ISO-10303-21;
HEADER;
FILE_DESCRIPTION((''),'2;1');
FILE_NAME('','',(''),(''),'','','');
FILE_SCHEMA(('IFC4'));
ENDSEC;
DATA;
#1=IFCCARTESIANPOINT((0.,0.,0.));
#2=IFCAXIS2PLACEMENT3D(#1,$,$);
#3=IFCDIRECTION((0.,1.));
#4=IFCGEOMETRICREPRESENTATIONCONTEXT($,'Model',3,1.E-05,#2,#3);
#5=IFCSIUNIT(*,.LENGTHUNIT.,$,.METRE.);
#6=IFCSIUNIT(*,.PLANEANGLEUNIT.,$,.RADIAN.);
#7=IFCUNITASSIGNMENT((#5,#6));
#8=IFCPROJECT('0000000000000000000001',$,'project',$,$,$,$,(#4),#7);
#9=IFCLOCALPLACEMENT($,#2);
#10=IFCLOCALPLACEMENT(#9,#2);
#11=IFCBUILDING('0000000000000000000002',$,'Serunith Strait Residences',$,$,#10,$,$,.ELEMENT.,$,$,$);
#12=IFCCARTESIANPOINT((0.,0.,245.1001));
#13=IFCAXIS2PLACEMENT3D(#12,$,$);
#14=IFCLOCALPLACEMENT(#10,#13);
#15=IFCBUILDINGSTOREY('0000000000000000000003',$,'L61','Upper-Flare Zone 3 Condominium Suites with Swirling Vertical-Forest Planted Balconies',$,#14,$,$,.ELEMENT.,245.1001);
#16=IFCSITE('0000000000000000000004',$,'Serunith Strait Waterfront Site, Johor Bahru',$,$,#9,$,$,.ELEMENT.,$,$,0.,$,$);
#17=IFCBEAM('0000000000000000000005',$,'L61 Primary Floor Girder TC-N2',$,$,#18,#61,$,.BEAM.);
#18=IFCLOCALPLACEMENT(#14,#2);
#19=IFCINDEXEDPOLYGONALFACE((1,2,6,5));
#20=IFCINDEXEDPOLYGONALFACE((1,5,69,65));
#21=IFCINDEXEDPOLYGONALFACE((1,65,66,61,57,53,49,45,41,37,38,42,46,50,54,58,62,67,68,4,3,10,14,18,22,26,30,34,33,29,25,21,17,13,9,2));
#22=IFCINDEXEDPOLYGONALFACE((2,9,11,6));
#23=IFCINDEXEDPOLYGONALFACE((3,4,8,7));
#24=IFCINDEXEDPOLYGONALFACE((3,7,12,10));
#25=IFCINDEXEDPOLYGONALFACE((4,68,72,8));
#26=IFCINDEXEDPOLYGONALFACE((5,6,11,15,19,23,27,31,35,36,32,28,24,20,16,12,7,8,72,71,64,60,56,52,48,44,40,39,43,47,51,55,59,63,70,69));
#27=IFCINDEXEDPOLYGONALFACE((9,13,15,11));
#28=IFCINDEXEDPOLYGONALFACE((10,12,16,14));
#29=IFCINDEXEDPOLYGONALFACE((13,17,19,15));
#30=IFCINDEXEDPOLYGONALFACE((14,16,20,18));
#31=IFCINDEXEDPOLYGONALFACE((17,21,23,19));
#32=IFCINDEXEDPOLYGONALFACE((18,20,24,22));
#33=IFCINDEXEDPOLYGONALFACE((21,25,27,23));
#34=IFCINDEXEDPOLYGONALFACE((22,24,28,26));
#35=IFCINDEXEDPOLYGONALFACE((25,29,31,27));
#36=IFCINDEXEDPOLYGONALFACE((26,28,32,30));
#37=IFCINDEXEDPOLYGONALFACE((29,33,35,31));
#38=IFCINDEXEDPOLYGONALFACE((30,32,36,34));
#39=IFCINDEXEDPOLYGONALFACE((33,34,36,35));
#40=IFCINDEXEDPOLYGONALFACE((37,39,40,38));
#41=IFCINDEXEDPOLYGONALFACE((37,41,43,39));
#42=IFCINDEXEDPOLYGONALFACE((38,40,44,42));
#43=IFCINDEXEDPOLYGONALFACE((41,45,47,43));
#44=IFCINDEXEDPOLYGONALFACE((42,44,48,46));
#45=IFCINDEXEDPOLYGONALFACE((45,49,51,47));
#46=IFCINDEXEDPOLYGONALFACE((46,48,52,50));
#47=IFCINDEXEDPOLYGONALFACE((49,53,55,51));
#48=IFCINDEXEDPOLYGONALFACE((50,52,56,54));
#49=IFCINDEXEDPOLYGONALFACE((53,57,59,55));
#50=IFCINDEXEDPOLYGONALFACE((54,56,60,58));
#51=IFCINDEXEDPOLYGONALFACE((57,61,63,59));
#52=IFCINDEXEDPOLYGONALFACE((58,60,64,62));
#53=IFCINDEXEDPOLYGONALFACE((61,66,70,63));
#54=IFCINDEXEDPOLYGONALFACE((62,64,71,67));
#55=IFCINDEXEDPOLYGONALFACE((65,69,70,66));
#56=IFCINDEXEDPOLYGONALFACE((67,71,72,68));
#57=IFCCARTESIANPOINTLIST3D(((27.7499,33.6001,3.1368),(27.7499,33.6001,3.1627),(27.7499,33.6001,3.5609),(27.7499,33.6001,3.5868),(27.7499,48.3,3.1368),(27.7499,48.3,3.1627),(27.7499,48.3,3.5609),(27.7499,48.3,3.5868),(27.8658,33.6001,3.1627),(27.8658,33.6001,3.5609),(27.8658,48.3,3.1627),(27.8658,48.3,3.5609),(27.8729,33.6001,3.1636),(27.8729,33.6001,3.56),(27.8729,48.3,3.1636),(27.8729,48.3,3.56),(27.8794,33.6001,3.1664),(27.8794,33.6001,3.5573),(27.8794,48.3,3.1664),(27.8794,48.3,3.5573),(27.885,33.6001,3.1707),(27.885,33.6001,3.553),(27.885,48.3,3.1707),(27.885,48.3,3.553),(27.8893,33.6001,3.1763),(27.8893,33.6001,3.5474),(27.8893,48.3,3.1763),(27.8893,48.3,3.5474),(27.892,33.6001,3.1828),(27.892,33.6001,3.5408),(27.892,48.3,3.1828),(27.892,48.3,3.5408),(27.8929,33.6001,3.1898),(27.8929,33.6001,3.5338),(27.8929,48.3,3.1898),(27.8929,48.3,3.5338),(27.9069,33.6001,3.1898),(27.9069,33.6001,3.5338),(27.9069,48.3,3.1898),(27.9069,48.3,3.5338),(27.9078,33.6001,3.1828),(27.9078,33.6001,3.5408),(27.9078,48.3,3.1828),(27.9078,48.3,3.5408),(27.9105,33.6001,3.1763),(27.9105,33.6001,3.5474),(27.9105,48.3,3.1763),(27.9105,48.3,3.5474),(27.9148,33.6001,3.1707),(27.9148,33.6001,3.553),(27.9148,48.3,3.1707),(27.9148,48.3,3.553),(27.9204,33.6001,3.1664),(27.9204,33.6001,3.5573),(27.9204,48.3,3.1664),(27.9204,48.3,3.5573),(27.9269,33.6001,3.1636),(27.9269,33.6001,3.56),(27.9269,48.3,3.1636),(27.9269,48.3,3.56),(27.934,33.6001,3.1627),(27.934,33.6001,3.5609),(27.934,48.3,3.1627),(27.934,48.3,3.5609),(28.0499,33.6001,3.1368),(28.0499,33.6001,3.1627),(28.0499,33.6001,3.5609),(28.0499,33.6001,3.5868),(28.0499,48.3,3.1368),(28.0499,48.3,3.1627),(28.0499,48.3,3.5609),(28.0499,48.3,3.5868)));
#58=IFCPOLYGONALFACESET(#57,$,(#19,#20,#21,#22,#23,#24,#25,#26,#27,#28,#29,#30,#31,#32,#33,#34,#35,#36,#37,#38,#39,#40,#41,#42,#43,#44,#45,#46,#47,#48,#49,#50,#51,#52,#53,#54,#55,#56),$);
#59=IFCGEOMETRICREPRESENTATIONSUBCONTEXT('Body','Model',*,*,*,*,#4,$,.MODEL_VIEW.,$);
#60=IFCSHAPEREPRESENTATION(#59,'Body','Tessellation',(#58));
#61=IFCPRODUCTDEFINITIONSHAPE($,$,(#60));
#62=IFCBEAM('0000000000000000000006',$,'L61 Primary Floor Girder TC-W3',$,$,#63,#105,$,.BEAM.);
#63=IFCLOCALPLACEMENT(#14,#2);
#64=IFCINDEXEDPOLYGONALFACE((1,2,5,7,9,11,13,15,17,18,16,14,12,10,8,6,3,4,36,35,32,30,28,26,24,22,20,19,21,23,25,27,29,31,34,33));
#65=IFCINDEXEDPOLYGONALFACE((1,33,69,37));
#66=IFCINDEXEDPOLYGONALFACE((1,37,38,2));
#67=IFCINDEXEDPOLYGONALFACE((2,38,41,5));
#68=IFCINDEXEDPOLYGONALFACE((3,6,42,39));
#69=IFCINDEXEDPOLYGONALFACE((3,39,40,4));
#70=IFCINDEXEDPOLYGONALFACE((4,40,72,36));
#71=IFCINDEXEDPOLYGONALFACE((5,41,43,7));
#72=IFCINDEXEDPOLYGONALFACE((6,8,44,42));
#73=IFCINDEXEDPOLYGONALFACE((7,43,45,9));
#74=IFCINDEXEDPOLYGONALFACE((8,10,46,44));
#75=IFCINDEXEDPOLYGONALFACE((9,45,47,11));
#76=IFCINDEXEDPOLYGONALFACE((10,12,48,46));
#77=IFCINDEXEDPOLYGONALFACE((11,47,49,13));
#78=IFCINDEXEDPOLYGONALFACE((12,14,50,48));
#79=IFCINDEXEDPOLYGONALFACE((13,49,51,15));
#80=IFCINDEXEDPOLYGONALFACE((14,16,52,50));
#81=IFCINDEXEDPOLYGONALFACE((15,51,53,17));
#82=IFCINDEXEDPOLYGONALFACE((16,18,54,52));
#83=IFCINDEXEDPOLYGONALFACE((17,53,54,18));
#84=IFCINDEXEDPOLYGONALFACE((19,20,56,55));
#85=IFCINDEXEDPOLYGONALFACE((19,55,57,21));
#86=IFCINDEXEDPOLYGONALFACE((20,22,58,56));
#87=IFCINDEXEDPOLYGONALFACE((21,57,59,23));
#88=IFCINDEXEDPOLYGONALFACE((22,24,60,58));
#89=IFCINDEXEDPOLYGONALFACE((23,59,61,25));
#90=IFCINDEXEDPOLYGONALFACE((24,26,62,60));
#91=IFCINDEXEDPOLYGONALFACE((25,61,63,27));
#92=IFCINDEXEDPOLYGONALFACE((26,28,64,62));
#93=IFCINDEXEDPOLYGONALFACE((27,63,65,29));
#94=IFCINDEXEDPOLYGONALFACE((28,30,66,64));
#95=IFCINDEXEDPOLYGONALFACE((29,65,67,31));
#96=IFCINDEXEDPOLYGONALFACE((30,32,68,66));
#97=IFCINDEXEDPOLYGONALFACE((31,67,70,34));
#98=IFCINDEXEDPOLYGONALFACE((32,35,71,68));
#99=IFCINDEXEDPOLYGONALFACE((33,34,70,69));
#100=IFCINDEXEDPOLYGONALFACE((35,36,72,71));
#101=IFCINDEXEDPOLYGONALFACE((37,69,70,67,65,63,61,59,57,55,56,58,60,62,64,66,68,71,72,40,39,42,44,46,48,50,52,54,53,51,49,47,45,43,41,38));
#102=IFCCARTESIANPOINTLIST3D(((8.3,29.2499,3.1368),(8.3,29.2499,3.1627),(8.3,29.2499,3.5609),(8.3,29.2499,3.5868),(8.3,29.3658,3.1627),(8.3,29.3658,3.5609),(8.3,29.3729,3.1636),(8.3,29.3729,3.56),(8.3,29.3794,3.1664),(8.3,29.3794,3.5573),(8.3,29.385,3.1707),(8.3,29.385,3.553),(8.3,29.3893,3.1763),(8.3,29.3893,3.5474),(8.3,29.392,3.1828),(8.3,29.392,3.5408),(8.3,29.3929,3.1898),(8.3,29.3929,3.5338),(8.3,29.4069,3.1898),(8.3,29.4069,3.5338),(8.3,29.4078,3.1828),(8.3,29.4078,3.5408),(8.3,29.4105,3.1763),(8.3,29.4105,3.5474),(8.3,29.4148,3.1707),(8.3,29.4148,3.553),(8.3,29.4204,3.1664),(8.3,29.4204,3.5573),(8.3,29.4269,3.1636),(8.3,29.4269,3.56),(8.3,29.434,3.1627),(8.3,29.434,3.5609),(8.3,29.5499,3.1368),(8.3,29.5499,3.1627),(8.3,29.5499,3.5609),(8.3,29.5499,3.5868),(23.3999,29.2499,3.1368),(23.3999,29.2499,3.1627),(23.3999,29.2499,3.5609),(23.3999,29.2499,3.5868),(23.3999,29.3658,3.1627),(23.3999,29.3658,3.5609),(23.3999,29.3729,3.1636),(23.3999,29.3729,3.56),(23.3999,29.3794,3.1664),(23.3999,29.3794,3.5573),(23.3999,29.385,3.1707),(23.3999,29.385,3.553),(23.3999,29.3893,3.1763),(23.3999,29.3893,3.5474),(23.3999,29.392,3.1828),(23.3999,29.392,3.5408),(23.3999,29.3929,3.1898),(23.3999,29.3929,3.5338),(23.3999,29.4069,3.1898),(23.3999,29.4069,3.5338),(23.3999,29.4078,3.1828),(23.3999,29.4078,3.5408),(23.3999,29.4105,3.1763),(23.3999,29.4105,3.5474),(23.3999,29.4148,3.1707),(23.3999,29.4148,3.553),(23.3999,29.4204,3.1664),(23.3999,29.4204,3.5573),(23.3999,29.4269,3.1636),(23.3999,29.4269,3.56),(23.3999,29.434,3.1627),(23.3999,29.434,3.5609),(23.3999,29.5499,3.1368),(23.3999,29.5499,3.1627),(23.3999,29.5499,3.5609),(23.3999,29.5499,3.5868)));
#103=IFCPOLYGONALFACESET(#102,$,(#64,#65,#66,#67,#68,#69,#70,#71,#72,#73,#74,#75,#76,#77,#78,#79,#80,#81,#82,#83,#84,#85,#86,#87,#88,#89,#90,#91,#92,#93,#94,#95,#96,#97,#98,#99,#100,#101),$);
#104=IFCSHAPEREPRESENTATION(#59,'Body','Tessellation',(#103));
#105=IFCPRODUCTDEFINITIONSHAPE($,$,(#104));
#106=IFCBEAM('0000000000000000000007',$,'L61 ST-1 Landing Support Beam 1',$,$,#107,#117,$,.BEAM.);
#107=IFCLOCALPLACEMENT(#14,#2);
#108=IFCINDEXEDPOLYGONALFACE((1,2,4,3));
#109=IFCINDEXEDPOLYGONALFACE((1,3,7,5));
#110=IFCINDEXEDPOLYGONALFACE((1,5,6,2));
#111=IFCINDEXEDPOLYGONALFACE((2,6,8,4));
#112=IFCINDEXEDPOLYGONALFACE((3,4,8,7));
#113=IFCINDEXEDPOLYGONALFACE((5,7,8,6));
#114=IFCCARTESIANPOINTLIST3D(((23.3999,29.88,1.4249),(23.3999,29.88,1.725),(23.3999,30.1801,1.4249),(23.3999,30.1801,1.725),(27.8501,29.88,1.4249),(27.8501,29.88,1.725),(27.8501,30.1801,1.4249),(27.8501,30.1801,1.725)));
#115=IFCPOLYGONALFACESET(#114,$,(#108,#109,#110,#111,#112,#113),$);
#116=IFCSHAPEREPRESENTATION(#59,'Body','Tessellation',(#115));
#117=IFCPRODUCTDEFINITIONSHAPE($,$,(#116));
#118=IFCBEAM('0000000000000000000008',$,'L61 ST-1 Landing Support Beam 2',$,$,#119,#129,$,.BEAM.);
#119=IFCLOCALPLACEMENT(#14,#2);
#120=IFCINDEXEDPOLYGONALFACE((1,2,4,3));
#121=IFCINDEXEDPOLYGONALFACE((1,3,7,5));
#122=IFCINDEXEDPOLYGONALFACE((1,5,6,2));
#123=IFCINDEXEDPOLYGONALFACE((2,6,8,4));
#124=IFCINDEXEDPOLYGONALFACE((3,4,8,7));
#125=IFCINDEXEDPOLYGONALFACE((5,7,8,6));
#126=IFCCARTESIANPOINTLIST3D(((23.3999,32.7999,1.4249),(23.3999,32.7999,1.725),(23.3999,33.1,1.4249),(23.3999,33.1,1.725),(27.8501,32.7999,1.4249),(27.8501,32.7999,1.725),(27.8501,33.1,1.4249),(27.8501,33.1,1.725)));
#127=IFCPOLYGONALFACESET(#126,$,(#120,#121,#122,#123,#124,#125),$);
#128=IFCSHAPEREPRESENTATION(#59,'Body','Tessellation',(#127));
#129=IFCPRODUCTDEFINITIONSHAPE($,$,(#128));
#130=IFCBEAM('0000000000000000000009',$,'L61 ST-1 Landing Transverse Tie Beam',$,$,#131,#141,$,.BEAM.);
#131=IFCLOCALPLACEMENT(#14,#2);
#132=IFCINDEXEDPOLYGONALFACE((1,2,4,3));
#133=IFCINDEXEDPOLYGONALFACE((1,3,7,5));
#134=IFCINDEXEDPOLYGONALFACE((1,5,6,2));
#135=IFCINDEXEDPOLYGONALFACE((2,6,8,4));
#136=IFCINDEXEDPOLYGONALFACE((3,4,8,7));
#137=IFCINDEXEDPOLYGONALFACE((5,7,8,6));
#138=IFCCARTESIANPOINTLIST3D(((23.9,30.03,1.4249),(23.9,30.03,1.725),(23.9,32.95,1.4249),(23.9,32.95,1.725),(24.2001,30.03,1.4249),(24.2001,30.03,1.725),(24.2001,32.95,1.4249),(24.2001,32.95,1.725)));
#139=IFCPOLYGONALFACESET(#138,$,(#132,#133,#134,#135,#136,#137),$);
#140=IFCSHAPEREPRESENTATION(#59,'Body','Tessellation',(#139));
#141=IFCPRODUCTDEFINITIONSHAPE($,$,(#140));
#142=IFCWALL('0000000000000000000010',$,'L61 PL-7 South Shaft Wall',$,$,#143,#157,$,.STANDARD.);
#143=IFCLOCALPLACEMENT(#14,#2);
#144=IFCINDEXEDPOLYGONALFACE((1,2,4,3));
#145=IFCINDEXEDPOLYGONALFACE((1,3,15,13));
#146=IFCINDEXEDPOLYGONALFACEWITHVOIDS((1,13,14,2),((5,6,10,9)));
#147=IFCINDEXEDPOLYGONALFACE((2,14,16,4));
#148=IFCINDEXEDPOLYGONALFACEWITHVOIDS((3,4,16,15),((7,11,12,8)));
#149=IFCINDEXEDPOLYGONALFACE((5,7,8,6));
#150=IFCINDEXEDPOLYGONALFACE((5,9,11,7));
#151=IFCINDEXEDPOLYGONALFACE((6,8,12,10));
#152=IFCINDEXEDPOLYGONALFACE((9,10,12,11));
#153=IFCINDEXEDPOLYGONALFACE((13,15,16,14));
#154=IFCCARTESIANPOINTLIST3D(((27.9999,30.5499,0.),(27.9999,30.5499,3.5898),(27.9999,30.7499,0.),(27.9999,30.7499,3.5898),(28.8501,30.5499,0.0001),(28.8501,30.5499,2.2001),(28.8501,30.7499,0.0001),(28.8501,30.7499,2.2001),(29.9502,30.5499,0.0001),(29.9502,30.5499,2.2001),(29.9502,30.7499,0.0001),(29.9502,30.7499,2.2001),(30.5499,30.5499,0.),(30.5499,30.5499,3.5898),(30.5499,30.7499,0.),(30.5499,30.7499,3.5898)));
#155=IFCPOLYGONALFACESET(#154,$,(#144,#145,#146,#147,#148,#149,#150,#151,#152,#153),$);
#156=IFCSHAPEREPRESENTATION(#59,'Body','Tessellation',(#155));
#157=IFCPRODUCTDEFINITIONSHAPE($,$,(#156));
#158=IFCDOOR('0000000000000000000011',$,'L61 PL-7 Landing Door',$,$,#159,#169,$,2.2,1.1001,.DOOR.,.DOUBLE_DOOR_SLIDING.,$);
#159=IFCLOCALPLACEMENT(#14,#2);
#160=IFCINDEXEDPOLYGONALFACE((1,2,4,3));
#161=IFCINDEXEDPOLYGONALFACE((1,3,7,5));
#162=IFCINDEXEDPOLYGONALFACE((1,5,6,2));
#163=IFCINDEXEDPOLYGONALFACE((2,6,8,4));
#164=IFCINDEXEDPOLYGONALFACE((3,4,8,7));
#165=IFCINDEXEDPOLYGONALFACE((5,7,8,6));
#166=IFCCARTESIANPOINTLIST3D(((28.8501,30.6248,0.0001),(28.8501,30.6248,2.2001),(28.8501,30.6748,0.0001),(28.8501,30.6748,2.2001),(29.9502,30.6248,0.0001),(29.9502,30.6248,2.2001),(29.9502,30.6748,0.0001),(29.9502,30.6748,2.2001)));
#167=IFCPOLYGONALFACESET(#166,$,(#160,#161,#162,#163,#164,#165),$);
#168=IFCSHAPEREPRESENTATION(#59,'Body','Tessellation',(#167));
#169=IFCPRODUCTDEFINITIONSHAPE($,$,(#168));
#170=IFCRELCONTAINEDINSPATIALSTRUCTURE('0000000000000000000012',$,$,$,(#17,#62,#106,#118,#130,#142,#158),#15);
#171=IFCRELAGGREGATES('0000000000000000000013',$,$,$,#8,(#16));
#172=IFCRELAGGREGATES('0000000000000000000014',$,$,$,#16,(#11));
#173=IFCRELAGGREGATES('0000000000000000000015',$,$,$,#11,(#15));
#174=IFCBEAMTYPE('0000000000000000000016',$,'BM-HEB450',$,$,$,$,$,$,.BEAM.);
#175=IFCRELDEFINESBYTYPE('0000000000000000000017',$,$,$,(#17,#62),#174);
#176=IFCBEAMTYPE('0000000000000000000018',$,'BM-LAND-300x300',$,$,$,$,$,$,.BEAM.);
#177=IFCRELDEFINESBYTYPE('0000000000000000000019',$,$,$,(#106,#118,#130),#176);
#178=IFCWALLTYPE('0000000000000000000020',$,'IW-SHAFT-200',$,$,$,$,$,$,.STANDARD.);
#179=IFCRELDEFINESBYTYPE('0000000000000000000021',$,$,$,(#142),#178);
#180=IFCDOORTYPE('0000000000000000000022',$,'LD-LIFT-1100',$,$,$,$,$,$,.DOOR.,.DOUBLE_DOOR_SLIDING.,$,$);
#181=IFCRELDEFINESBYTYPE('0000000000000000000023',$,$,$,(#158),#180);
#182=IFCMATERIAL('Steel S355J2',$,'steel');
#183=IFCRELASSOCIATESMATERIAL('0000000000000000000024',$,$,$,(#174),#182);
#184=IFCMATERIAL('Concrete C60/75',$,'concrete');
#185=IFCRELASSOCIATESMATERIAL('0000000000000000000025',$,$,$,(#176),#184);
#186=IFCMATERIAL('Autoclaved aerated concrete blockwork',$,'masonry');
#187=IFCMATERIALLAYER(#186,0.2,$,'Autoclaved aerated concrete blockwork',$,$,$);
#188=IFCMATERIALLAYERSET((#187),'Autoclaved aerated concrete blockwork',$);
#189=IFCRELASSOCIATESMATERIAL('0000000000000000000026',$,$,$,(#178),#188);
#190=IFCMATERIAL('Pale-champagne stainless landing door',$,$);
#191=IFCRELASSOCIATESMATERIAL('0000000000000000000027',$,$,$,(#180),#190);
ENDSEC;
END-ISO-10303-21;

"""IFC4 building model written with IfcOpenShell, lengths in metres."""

from ifc_helpers import new_model, si_unit, direction, frame, frame_2d, origin, origin_2d, place, context, subcontext, project, spatial, rectangle, i_section, extrude, source, transform, mapped, material, layer, layer_set, material_profile, profile_set, type_object, element, fill, save


model = new_model("IFC4")

# Units and contexts
model_context = context("Model", 3, precision=1e-05, world=origin(), true_north=direction((0.0, 1.0)))
body_context = subcontext(model_context, "Body", "Model", "MODEL_VIEW")
ifc_project = project(units=[si_unit("LENGTHUNIT", "METRE"), si_unit("PLANEANGLEUNIT", "RADIAN")], contexts=[model_context])

# Site, building, storey
site_placement = place(None, origin())
site = spatial("IfcSite", under=ifc_project, at=site_placement, Name="Serunith Strait Waterfront Site, Johor Bahru", CompositionType="ELEMENT", RefElevation=0.0)
building_placement = place(site_placement, origin())
building = spatial("IfcBuilding", under=site, at=building_placement, Name="Serunith Strait Residences", CompositionType="ELEMENT")
storey_placement = place(building_placement, frame((0.0, 0.0, 245.1001)))
storey = spatial("IfcBuildingStorey", under=building, at=storey_placement, Name="L61", Description="Upper-Flare Zone 3 Condominium Suites with Swirling Vertical-Forest Planted Balconies", CompositionType="ELEMENT", Elevation=245.1001)

# Beams
ifc_material_1 = material(Name="Steel S355J2", Category="steel")
ifc_material_profile_1 = material_profile(ifc_material_1, i_section(OverallWidth=0.3, OverallDepth=0.45, WebThickness=0.0139, FlangeThickness=0.0259, FilletRadius=0.0271, at=origin_2d()), Name="HEB 450")
ifc_profile_set_1 = profile_set([ifc_material_profile_1], Name="Steel S355J2")
beam_type_1 = type_object("IfcBeamType", Name="BM-HEB450", PredefinedType="BEAM", material=ifc_profile_set_1)
shared_shape_1 = source(origin(), body_context, "Body", "SweptSolid", [
    extrude(i_section(OverallWidth=0.3, OverallDepth=0.45, WebThickness=0.0139, FlangeThickness=0.0259, FilletRadius=0.0271, at=origin_2d()), origin(), (0.0, 0.0, 1.0), 14.7),
])
beam_1_placement = place(storey_placement, frame((27.8999, 33.6001, 3.3618), z_axis=(0.0, 1.0, 0.0), x_axis=(-1.0, 0.0, 0.0)))
element("IfcBeam", 1, at=beam_1_placement, inside=storey, type_object=beam_type_1, Name="L61 Primary Floor Girder TC-N2", PredefinedType="BEAM", context=body_context, shape_type="MappedRepresentation", body=[
    mapped(shared_shape_1, transform((0.0, 0.0, 0.0), scale=1.0)),
])
shared_shape_2 = source(origin(), body_context, "Body", "SweptSolid", [
    extrude(i_section(OverallWidth=0.3, OverallDepth=0.45, WebThickness=0.0139, FlangeThickness=0.0259, FilletRadius=0.0271, at=origin_2d()), origin(), (0.0, 0.0, 1.0), 15.0999),
])
beam_2_placement = place(storey_placement, frame((23.3999, 29.3999, 3.3618), z_axis=(-1.0, 0.0, 0.0), x_axis=(0.0, -1.0, 0.0)))
element("IfcBeam", 2, at=beam_2_placement, inside=storey, type_object=beam_type_1, Name="L61 Primary Floor Girder TC-W3", PredefinedType="BEAM", context=body_context, shape_type="MappedRepresentation", body=[
    mapped(shared_shape_2, transform((0.0, 0.0, 0.0), scale=1.0)),
])
ifc_material_2 = material(Name="Concrete C60/75", Category="concrete")
ifc_material_profile_2 = material_profile(ifc_material_2, rectangle(XDim=0.3, YDim=0.3, at=origin_2d()), Name="RC 300x300")
ifc_profile_set_2 = profile_set([ifc_material_profile_2], Name="Concrete C60/75")
beam_type_2 = type_object("IfcBeamType", Name="BM-LAND-300x300", PredefinedType="BEAM", material=ifc_profile_set_2)
shared_shape_3 = source(origin(), body_context, "Body", "SweptSolid", [
    extrude(rectangle(XDim=0.3, YDim=0.3, at=origin_2d()), origin(), (0.0, 0.0, 1.0), 4.4502),
])
for number, where, z_axis, x_axis, name in (
    (3, (23.3999, 30.03, 1.575), (1.0, 0.0, 0.0), (0.0, 1.0, 0.0), "L61 ST-1 Landing Support Beam 1"),
    (4, (23.3999, 32.95, 1.575), (1.0, 0.0, 0.0), (0.0, 1.0, 0.0), "L61 ST-1 Landing Support Beam 2"),
):
    element("IfcBeam", number, at=place(storey_placement, frame(where, z_axis=z_axis, x_axis=x_axis)), inside=storey, type_object=beam_type_2, Name=name, PredefinedType="BEAM", context=body_context, shape_type="MappedRepresentation", body=[
        mapped(shared_shape_3, transform((0.0, 0.0, 0.0), scale=1.0)),
    ])
shared_shape_4 = source(origin(), body_context, "Body", "SweptSolid", [
    extrude(rectangle(XDim=0.3, YDim=0.3, at=origin_2d()), origin(), (0.0, 0.0, 1.0), 2.9199),
])
beam_3_placement = place(storey_placement, frame((24.05, 30.03, 1.575), z_axis=(0.0, 1.0, 0.0), x_axis=(-1.0, 0.0, 0.0)))
element("IfcBeam", 5, at=beam_3_placement, inside=storey, type_object=beam_type_2, Name="L61 ST-1 Landing Transverse Tie Beam", PredefinedType="BEAM", context=body_context, shape_type="MappedRepresentation", body=[
    mapped(shared_shape_4, transform((0.0, 0.0, 0.0), scale=1.0)),
])

# Wall, opening, door
ifc_material_3 = material(Name="Autoclaved aerated concrete blockwork", Category="masonry")
ifc_layer = layer(ifc_material_3, 0.2, Name="Autoclaved aerated concrete blockwork")
ifc_layer_set = layer_set([ifc_layer], Name="Autoclaved aerated concrete blockwork")
wall_type = type_object("IfcWallType", Name="IW-SHAFT-200", PredefinedType="STANDARD", material=ifc_layer_set)
wall_1_placement = place(storey_placement, frame((28.0, 30.6499, 0.0), z_axis=(0.0, 0.0, 1.0), x_axis=(1.0, 0.0, 0.0)))
wall_1 = element("IfcWall", 6, at=wall_1_placement, inside=storey, type_object=wall_type, Name="L61 PL-7 South Shaft Wall", PredefinedType="STANDARD", context=body_context, shape_type="SweptSolid", body=[
    extrude(rectangle(XDim=2.55, YDim=0.2, at=frame_2d((1.2749, 0.0))), origin(), (0.0, 0.0, 1.0), 3.5898),
])
opening_1_placement = place(wall_1_placement, frame((0.8501, 0.0, 0.0)))
opening_1 = element("IfcOpeningElement", 7, at=opening_1_placement, cuts=wall_1, PredefinedType="OPENING", context=body_context, shape_type="SweptSolid", body=[
    extrude(rectangle(XDim=1.1001, YDim=2.2, at=frame_2d((0.55, 1.1001))), frame((0.0, 0.1099, 0.0), z_axis=(0.0, -1.0, 0.0), x_axis=(1.0, 0.0, 0.0)), (0.0, 0.0, 1.0), 0.22),
])
ifc_material_4 = material(Name="Pale-champagne stainless landing door")
door_type_1 = type_object("IfcDoorType", Name="LD-LIFT-1100", OperationType="DOUBLE_DOOR_SLIDING", PredefinedType="DOOR", material=ifc_material_4)
shared_shape_5 = source(origin(), body_context, "Body", "SweptSolid", [
    extrude(rectangle(XDim=1.1001, YDim=2.2, at=frame_2d((0.55, 1.1001))), frame((0.0, 0.0249, 0.0), z_axis=(0.0, -1.0, 0.0), x_axis=(1.0, 0.0, 0.0)), (0.0, 0.0, 1.0), 0.05),
])
door_1_placement = place(opening_1_placement, origin())
door_1 = element("IfcDoor", 8, at=door_1_placement, inside=storey, type_object=door_type_1, Name="L61 PL-7 Landing Door", OperationType="DOUBLE_DOOR_SLIDING", OverallHeight=2.2, OverallWidth=1.1001, PredefinedType="DOOR", context=body_context, shape_type="MappedRepresentation", body=[
    mapped(shared_shape_5, transform((0.0, 0.0, 0.0), scale=1.0)),
])
fill(opening_1, door_1)

save(model, "model.ifc")
